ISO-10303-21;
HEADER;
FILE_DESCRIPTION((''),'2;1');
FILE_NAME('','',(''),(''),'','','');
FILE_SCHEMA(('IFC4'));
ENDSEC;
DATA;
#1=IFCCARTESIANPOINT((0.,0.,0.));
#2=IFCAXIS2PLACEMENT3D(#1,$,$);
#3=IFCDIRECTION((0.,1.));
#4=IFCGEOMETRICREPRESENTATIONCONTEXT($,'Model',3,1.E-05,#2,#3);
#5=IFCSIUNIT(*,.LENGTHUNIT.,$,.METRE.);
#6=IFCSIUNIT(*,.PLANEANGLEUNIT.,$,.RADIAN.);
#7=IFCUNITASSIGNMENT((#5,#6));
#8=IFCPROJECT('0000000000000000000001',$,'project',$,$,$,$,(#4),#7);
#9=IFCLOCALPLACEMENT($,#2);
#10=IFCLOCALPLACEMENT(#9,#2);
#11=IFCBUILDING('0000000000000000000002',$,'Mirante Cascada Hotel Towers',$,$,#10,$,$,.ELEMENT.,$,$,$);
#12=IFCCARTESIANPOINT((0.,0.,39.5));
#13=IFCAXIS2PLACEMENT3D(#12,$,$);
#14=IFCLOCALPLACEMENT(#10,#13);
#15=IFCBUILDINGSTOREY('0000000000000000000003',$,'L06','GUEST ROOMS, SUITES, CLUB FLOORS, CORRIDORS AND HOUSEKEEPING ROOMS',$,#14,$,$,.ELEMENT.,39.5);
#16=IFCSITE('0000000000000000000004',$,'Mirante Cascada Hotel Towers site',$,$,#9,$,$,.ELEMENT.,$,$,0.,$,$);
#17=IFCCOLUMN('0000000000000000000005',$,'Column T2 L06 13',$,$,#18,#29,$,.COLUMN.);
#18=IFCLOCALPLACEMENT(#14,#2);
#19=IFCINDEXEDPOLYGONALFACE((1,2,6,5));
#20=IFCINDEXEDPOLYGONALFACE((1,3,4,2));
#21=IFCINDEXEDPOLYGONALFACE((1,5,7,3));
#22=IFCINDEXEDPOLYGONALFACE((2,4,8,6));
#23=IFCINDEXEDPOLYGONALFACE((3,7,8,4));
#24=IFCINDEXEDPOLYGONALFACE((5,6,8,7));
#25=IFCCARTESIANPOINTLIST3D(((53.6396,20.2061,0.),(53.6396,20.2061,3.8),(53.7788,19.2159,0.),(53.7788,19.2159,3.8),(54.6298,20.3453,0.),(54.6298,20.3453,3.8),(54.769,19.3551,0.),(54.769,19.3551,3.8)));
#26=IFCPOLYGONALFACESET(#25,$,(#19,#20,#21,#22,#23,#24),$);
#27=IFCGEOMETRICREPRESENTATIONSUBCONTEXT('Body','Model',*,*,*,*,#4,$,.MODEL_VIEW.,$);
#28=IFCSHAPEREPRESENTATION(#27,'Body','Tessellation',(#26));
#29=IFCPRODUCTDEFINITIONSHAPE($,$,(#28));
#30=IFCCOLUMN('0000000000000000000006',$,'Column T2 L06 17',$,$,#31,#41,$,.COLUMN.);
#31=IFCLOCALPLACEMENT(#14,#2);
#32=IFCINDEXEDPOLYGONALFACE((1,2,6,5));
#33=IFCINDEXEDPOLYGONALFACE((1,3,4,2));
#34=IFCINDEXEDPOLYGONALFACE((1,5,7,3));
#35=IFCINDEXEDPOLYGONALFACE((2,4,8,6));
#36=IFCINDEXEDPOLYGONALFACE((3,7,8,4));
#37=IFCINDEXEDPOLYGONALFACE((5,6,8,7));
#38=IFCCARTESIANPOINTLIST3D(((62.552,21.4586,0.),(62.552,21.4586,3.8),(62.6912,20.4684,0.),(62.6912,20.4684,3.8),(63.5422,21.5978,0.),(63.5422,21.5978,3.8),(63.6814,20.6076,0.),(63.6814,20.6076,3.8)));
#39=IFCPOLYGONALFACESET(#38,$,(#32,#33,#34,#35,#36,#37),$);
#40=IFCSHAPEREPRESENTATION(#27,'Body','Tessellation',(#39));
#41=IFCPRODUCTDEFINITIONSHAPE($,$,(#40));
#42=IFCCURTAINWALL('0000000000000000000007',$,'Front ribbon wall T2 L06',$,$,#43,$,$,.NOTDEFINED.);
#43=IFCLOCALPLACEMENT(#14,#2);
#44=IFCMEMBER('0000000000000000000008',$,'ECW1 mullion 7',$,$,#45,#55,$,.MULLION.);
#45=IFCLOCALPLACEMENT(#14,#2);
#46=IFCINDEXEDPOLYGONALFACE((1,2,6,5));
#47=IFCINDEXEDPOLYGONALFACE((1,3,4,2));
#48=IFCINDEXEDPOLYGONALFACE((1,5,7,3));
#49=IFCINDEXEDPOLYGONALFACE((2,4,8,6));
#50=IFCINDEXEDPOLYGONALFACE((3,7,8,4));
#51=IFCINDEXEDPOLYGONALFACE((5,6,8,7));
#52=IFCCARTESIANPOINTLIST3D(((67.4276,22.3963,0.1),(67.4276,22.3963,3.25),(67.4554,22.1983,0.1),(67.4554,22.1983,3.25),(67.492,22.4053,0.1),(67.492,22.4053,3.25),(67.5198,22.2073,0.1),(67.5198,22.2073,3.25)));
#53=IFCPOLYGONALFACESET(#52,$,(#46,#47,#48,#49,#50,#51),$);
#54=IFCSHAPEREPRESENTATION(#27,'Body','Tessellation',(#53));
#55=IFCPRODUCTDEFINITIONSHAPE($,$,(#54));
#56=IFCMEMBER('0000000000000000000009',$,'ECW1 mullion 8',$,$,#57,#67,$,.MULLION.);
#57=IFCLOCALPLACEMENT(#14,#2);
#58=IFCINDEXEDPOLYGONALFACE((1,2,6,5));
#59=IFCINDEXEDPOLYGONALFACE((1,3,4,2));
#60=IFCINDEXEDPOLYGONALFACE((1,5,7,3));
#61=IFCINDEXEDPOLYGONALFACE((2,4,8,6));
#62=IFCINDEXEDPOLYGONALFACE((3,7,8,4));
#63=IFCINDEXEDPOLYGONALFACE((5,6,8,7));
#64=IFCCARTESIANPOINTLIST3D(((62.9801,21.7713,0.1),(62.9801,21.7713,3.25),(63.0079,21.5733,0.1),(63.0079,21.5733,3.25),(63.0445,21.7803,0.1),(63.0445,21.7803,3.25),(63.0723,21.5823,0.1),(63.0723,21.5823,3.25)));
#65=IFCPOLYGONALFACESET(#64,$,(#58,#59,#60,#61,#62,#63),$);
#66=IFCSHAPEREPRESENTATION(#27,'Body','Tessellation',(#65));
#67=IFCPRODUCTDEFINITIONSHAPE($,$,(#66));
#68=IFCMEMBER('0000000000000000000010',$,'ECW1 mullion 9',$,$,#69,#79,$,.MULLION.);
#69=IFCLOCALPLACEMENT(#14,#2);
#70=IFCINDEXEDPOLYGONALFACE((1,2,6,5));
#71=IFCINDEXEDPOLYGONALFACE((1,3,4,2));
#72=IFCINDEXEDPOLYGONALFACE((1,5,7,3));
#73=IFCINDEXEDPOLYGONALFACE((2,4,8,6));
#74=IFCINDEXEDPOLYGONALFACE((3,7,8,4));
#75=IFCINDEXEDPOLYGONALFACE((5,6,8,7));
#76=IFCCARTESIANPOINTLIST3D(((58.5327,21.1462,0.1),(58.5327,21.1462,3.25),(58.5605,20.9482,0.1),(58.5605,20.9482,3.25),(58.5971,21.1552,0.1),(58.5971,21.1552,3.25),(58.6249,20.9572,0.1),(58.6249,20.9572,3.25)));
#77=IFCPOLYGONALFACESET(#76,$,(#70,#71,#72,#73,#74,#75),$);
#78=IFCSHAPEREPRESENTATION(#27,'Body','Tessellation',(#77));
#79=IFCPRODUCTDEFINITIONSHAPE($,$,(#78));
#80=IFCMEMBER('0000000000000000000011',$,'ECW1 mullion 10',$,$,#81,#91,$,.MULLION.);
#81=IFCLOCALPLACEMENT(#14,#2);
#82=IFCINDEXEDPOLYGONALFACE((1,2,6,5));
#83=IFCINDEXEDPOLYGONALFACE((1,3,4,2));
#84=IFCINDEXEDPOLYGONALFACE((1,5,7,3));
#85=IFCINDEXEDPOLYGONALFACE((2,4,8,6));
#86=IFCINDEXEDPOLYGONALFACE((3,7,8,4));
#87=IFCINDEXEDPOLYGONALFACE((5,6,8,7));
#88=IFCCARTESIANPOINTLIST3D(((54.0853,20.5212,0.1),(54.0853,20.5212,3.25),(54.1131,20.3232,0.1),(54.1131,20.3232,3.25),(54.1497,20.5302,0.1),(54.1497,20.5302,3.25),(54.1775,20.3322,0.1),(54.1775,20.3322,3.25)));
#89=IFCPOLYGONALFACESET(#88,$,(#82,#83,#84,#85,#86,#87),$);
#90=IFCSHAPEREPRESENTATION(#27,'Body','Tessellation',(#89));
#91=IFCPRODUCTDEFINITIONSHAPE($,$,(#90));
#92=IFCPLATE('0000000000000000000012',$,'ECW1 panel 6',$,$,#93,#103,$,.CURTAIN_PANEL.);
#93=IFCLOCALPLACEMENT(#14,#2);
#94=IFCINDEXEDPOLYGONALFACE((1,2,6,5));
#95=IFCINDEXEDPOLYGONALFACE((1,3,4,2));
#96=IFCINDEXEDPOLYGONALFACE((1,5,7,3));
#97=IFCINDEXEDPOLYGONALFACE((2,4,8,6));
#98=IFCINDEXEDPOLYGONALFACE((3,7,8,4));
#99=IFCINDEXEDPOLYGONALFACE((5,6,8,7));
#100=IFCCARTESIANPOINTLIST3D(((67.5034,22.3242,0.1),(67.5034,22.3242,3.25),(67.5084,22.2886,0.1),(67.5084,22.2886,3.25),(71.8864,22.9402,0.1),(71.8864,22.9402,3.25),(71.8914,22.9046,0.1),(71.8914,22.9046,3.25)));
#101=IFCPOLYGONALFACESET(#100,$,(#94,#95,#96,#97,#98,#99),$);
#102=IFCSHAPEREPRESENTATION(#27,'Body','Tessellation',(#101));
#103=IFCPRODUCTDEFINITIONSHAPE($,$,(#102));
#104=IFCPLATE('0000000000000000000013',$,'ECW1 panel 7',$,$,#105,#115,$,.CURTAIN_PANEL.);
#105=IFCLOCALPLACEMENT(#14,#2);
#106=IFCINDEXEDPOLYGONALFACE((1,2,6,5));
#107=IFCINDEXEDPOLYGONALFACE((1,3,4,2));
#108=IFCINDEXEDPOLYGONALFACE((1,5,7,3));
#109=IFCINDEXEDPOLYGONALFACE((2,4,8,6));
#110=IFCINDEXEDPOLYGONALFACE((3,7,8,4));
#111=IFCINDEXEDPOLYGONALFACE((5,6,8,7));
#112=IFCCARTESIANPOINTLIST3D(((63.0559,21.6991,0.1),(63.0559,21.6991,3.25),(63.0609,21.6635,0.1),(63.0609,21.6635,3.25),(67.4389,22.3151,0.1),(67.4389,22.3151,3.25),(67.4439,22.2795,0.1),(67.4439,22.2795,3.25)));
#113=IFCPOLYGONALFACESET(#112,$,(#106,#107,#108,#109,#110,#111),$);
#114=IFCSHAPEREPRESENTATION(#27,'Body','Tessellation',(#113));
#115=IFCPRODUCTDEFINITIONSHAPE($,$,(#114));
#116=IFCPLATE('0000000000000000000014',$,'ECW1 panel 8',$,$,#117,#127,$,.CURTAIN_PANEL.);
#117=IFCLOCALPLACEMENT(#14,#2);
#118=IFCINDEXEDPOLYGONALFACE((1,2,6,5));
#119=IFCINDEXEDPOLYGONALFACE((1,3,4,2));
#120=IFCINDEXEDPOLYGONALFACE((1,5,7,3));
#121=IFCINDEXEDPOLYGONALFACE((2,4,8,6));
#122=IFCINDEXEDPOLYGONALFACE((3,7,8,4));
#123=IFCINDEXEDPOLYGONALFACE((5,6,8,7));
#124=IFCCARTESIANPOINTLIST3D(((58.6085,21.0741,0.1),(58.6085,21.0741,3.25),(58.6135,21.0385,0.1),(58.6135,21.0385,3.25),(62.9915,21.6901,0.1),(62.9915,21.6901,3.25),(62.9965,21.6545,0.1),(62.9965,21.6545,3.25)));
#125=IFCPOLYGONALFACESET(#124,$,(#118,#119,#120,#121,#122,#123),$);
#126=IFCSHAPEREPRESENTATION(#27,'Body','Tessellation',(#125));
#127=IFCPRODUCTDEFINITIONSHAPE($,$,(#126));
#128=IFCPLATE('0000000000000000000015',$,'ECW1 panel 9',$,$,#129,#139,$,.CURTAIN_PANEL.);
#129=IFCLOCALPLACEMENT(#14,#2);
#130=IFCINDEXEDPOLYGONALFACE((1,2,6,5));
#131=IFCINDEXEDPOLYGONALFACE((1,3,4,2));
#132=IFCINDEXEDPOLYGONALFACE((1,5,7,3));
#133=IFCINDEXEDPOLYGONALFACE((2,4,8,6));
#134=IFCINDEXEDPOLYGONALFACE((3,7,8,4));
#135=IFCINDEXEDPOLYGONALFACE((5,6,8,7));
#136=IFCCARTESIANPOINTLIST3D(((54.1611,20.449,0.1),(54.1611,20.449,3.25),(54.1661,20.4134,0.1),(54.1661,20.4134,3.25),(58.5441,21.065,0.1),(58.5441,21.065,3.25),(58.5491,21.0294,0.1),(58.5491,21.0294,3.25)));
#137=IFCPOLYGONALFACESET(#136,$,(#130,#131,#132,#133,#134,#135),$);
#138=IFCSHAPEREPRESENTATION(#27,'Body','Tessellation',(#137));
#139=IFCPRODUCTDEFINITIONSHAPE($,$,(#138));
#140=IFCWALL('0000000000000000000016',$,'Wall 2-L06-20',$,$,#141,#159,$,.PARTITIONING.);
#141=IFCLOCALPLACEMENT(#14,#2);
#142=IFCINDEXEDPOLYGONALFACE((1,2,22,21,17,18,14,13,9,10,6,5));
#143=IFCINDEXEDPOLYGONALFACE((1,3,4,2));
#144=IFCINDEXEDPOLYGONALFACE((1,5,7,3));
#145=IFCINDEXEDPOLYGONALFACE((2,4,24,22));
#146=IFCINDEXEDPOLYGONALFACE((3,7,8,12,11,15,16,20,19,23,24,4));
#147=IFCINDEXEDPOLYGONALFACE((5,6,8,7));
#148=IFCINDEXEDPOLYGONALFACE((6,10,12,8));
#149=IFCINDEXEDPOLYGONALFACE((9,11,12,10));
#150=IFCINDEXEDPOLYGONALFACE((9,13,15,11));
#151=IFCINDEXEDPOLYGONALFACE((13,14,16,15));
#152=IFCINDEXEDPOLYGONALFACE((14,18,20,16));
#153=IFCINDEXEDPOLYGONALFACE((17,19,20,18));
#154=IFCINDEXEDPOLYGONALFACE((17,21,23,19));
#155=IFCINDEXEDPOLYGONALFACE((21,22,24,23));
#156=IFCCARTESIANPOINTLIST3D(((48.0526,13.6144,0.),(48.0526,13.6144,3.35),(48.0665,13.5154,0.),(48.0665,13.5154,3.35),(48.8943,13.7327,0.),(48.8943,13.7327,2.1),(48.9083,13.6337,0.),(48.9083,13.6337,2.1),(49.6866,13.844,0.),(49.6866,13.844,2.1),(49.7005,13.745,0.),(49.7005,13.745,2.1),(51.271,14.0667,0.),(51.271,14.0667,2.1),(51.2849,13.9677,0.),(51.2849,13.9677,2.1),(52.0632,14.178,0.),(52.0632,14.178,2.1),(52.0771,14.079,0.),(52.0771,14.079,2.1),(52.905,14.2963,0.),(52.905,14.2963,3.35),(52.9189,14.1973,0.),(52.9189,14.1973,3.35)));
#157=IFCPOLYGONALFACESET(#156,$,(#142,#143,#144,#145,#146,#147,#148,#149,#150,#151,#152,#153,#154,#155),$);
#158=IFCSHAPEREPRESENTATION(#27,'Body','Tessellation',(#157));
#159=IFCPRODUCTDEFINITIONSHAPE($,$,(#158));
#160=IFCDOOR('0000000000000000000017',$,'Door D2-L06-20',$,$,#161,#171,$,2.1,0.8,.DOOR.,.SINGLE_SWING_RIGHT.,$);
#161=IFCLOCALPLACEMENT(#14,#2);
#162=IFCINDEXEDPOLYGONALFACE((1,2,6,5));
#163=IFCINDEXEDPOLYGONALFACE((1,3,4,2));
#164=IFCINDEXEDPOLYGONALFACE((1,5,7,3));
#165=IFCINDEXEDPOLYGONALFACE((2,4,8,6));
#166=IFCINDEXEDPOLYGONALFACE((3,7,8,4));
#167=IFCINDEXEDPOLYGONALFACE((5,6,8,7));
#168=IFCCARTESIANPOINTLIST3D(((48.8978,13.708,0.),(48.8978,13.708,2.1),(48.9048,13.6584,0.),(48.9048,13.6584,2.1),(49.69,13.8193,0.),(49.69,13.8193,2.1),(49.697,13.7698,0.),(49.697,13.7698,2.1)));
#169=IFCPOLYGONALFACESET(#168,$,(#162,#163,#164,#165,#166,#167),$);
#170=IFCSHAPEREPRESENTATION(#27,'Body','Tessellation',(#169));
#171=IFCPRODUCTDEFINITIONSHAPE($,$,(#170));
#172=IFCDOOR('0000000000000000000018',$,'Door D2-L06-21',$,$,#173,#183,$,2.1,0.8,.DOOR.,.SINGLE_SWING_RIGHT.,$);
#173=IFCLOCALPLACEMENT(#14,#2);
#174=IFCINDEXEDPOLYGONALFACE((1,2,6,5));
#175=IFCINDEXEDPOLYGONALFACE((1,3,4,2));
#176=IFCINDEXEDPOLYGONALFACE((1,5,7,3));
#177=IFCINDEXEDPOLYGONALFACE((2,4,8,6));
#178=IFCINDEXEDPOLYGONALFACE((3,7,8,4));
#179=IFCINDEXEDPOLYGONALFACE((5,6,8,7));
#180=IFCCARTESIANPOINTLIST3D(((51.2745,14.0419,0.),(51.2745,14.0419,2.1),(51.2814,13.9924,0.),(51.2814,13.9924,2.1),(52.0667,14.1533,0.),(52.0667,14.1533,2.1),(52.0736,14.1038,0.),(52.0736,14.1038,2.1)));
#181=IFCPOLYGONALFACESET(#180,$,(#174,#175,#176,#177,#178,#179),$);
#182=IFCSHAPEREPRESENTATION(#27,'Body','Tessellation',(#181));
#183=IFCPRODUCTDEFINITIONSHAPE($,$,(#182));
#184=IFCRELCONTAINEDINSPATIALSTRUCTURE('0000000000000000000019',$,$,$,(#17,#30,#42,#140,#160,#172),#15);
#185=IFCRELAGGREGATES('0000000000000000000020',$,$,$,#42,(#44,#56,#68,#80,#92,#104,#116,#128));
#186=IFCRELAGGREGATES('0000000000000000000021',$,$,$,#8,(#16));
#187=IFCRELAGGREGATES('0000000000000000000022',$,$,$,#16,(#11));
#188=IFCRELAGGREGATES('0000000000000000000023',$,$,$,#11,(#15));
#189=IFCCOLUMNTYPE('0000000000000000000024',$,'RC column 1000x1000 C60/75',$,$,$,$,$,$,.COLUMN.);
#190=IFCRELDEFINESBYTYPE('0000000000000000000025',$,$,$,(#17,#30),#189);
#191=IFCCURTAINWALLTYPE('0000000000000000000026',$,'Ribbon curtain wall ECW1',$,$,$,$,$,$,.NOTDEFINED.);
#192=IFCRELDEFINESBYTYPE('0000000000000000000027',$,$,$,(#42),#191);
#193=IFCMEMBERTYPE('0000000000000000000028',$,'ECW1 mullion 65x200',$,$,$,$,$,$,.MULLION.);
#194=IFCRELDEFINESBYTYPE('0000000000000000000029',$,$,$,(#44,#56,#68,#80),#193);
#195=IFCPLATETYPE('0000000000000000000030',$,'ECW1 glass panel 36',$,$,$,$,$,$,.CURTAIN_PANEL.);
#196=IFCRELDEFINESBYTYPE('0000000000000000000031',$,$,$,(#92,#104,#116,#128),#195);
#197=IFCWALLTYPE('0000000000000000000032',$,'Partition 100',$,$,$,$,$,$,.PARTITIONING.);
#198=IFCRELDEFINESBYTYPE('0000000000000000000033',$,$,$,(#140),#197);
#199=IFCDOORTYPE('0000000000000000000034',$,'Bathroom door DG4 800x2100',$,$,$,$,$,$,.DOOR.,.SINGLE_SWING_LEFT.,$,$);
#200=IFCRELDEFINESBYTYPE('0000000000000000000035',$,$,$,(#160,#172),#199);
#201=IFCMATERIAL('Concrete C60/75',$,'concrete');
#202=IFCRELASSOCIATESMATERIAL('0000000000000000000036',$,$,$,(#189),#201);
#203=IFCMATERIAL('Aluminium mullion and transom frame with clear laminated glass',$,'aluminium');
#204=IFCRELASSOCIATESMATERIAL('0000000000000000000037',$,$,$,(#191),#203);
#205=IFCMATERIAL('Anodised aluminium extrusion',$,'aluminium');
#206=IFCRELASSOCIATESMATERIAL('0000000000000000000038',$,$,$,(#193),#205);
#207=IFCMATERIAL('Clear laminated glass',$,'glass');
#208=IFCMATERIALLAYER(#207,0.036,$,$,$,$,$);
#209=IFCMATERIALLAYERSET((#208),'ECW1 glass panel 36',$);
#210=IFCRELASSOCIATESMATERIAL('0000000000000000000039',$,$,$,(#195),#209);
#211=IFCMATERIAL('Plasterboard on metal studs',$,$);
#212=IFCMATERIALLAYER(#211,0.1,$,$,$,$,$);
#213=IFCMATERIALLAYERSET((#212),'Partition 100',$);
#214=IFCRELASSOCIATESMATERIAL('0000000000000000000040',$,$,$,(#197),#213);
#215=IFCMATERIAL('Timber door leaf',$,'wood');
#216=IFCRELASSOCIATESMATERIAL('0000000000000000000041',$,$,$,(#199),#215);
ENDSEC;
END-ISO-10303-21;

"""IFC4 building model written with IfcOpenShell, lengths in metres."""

from ifc_helpers import new_model, si_unit, direction, frame, frame_2d, origin, origin_2d, place, context, subcontext, project, spatial, rectangle, extrude, material, layer, layer_set, material_profile, profile_set, type_object, element, fill, aggregate, save


model = new_model("IFC4")

# Units and contexts
model_context = context("Model", 3, precision=1e-05, world=origin(), true_north=direction((0.0, 1.0)))
body_context = subcontext(model_context, "Body", "Model", "MODEL_VIEW")
ifc_project = project(units=[si_unit("LENGTHUNIT", "METRE"), si_unit("PLANEANGLEUNIT", "RADIAN")], contexts=[model_context])

# Site, building, storey
site_placement = place(None, origin())
site = spatial("IfcSite", under=ifc_project, at=site_placement, Name="Mirante Cascada Hotel Towers site", CompositionType="ELEMENT", RefElevation=0.0)
building_placement = place(site_placement, origin())
building = spatial("IfcBuilding", under=site, at=building_placement, Name="Mirante Cascada Hotel Towers", CompositionType="ELEMENT")
storey_placement = place(building_placement, frame((0.0, 0.0, 39.5)))
storey = spatial("IfcBuildingStorey", under=building, at=storey_placement, Name="L06", Description="GUEST ROOMS, SUITES, CLUB FLOORS, CORRIDORS AND HOUSEKEEPING ROOMS", CompositionType="ELEMENT", Elevation=39.5)

# Columns
ifc_material_1 = material(Name="Concrete C60/75", Category="concrete")
ifc_material_profile_1 = material_profile(ifc_material_1, rectangle(XDim=1.0, YDim=1.0, at=origin_2d()), Name="RC column 1000x1000 C60/75")
ifc_profile_set_1 = profile_set([ifc_material_profile_1], Name="Concrete C60/75")
column_type = type_object("IfcColumnType", Name="RC column 1000x1000 C60/75", PredefinedType="COLUMN", material=ifc_profile_set_1)
for number, where, z_axis, x_axis, name in (
    (1, (54.2043, 19.7806, 0.0), (0.0, 0.0, 1.0), (0.990268, 0.139173, 0.0), "Column T2 L06 13"),
    (2, (63.1167, 21.0331, 0.0), (0.0, 0.0, 1.0), (0.990268, 0.139173, 0.0), "Column T2 L06 17"),
):
    element("IfcColumn", number, at=place(storey_placement, frame(where, z_axis=z_axis, x_axis=x_axis)), inside=storey, type_object=column_type, Name=name, PredefinedType="COLUMN", context=body_context, shape_type="SweptSolid", body=[
        extrude(rectangle(XDim=1.0, YDim=1.0, at=origin_2d()), origin(), (0.0, 0.0, 1.0), 3.8),
    ])

# Curtain wall, members, plates
ifc_material_2 = material(Name="Aluminium mullion and transom frame with clear laminated glass", Category="aluminium")
curtain_wall_type = type_object("IfcCurtainWallType", Name="Ribbon curtain wall ECW1", PredefinedType="NOTDEFINED", material=ifc_material_2)
curtain_wall_placement = place(storey_placement, origin())
curtain_wall = element("IfcCurtainWall", 3, at=curtain_wall_placement, inside=storey, type_object=curtain_wall_type, Name="Front ribbon wall T2 L06", PredefinedType="NOTDEFINED")
ifc_material_3 = material(Name="Anodised aluminium extrusion", Category="aluminium")
ifc_material_profile_2 = material_profile(ifc_material_3, rectangle(XDim=0.2, YDim=0.065, at=origin_2d()), Name="ECW1 MULLION 65x200")
ifc_profile_set_2 = profile_set([ifc_material_profile_2], Name="Anodised aluminium extrusion")
member_type = type_object("IfcMemberType", Name="ECW1 mullion 65x200", PredefinedType="MULLION", material=ifc_profile_set_2)
member_1_placement = place(storey_placement, frame((67.4737, 22.3018, 0.1), z_axis=(0.0, 0.0, 1.0), x_axis=(0.139173, -0.990268, 0.0)))
member_1 = element("IfcMember", 4, at=member_1_placement, type_object=member_type, Name="ECW1 mullion 7", PredefinedType="MULLION", context=body_context, shape_type="SweptSolid", body=[
    extrude(rectangle(XDim=0.2, YDim=0.065, at=origin_2d()), origin(), (0.0, 0.0, 1.0), 3.15),
])
member_2_placement = place(storey_placement, frame((63.0262, 21.6768, 0.1), z_axis=(0.0, 0.0, 1.0), x_axis=(0.139173, -0.990268, 0.0)))
member_2 = element("IfcMember", 5, at=member_2_placement, type_object=member_type, Name="ECW1 mullion 8", PredefinedType="MULLION", context=body_context, shape_type="SweptSolid", body=[
    extrude(rectangle(XDim=0.2, YDim=0.065, at=origin_2d()), origin(), (0.0, 0.0, 1.0), 3.15),
])
member_3_placement = place(storey_placement, frame((58.5788, 21.0517, 0.1), z_axis=(0.0, 0.0, 1.0), x_axis=(0.139173, -0.990268, 0.0)))
member_3 = element("IfcMember", 6, at=member_3_placement, type_object=member_type, Name="ECW1 mullion 9", PredefinedType="MULLION", context=body_context, shape_type="SweptSolid", body=[
    extrude(rectangle(XDim=0.2, YDim=0.065, at=origin_2d()), origin(), (0.0, 0.0, 1.0), 3.15),
])
member_4_placement = place(storey_placement, frame((54.1314, 20.4267, 0.1), z_axis=(0.0, 0.0, 1.0), x_axis=(0.139173, -0.990268, 0.0)))
member_4 = element("IfcMember", 7, at=member_4_placement, type_object=member_type, Name="ECW1 mullion 10", PredefinedType="MULLION", context=body_context, shape_type="SweptSolid", body=[
    extrude(rectangle(XDim=0.2, YDim=0.065, at=origin_2d()), origin(), (0.0, 0.0, 1.0), 3.15),
])
ifc_material_4 = material(Name="Clear laminated glass", Category="glass")
ifc_layer_1 = layer(ifc_material_4, 0.036)
ifc_layer_set_1 = layer_set([ifc_layer_1], Name="ECW1 glass panel 36")
plate_type = type_object("IfcPlateType", Name="ECW1 glass panel 36", PredefinedType="CURTAIN_PANEL", material=ifc_layer_set_1)
plate_1_placement = place(storey_placement, frame((69.6974, 22.6144, 0.1), z_axis=(0.0, 0.0, 1.0), x_axis=(-0.990268, -0.139173, 0.0)))
plate_1 = element("IfcPlate", 8, at=plate_1_placement, type_object=plate_type, Name="ECW1 panel 6", PredefinedType="CURTAIN_PANEL", context=body_context, shape_type="SweptSolid", body=[
    extrude(rectangle(XDim=4.4261, YDim=0.036, at=origin_2d()), origin(), (0.0, 0.0, 1.0), 3.15),
])
plate_2_placement = place(storey_placement, frame((65.2499, 21.9893, 0.1), z_axis=(0.0, 0.0, 1.0), x_axis=(-0.990268, -0.139173, 0.0)))
plate_2 = element("IfcPlate", 9, at=plate_2_placement, type_object=plate_type, Name="ECW1 panel 7", PredefinedType="CURTAIN_PANEL", context=body_context, shape_type="SweptSolid", body=[
    extrude(rectangle(XDim=4.4261, YDim=0.036, at=origin_2d()), origin(), (0.0, 0.0, 1.0), 3.15),
])
plate_3_placement = place(storey_placement, frame((60.8025, 21.3643, 0.1), z_axis=(0.0, 0.0, 1.0), x_axis=(-0.990268, -0.139173, 0.0)))
plate_3 = element("IfcPlate", 10, at=plate_3_placement, type_object=plate_type, Name="ECW1 panel 8", PredefinedType="CURTAIN_PANEL", context=body_context, shape_type="SweptSolid", body=[
    extrude(rectangle(XDim=4.4261, YDim=0.036, at=origin_2d()), origin(), (0.0, 0.0, 1.0), 3.15),
])
plate_4_placement = place(storey_placement, frame((56.3551, 20.7392, 0.1), z_axis=(0.0, 0.0, 1.0), x_axis=(-0.990268, -0.139173, 0.0)))
plate_4 = element("IfcPlate", 11, at=plate_4_placement, type_object=plate_type, Name="ECW1 panel 9", PredefinedType="CURTAIN_PANEL", context=body_context, shape_type="SweptSolid", body=[
    extrude(rectangle(XDim=4.4261, YDim=0.036, at=origin_2d()), origin(), (0.0, 0.0, 1.0), 3.15),
])
aggregate(curtain_wall, [member_1, member_2, member_3, member_4, plate_1, plate_2, plate_3, plate_4])

# Wall, openings, doors
ifc_material_5 = material(Name="Plasterboard on metal studs")
ifc_layer_2 = layer(ifc_material_5, 0.1)
ifc_layer_set_2 = layer_set([ifc_layer_2], Name="Partition 100")
wall_type = type_object("IfcWallType", Name="Partition 100", PredefinedType="PARTITIONING", material=ifc_layer_set_2)
wall_1_placement = place(storey_placement, frame((52.9119, 14.2468, 0.0), z_axis=(0.0, 0.0, 1.0), x_axis=(-0.99027, -0.139161, 0.0)))
wall_1 = element("IfcWall", 12, at=wall_1_placement, inside=storey, type_object=wall_type, Name="Wall 2-L06-20", PredefinedType="PARTITIONING", context=body_context, shape_type="SweptSolid", body=[
    extrude(rectangle(XDim=4.9001, YDim=0.1, at=frame_2d((2.45, 0.0))), origin(), (0.0, 0.0, 1.0), 3.35),
])
opening_1_placement = place(wall_1_placement, frame((3.25, 0.0, 0.0)))
opening_1 = element("IfcOpeningElement", 13, at=opening_1_placement, cuts=wall_1, PredefinedType="OPENING", context=body_context, shape_type="SweptSolid", body=[
    extrude(rectangle(XDim=0.8, YDim=2.1, at=frame_2d((0.4, 1.05))), frame((0.0, 0.05, 0.0), z_axis=(0.0, -1.0, 0.0), x_axis=(1.0, 0.0, 0.0)), (0.0, 0.0, 1.0), 0.1),
])
opening_2_placement = place(wall_1_placement, frame((0.85, 0.0, 0.0)))
opening_2 = element("IfcOpeningElement", 14, at=opening_2_placement, cuts=wall_1, PredefinedType="OPENING", context=body_context, shape_type="SweptSolid", body=[
    extrude(rectangle(XDim=0.8, YDim=2.1, at=frame_2d((0.4, 1.05))), frame((0.0, 0.05, 0.0), z_axis=(0.0, -1.0, 0.0), x_axis=(1.0, 0.0, 0.0)), (0.0, 0.0, 1.0), 0.1),
])
ifc_material_6 = material(Name="Timber door leaf", Category="wood")
door_type_1 = type_object("IfcDoorType", Name="Bathroom door DG4 800x2100", OperationType="SINGLE_SWING_LEFT", PredefinedType="DOOR", material=ifc_material_6)
door_1_placement = place(opening_1_placement, frame((0.8, 0.0, 0.0), z_axis=(0.0, 0.0, 1.0), x_axis=(-1.0, 0.0, 0.0)))
door_1 = element("IfcDoor", 15, at=door_1_placement, inside=storey, type_object=door_type_1, Name="Door D2-L06-20", OperationType="SINGLE_SWING_RIGHT", OverallHeight=2.1, OverallWidth=0.8, PredefinedType="DOOR", context=body_context, shape_type="SweptSolid", body=[
    extrude(rectangle(XDim=0.8, YDim=2.1, at=frame_2d((0.4, 1.05))), frame((0.0, 0.025, 0.0), z_axis=(0.0, -1.0, 0.0), x_axis=(1.0, 0.0, 0.0)), (0.0, 0.0, 1.0), 0.05),
])
fill(opening_1, door_1)
door_2_placement = place(opening_2_placement, frame((0.8, 0.0, 0.0), z_axis=(0.0, 0.0, 1.0), x_axis=(-1.0, 0.0, 0.0)))
door_2 = element("IfcDoor", 16, at=door_2_placement, inside=storey, type_object=door_type_1, Name="Door D2-L06-21", OperationType="SINGLE_SWING_RIGHT", OverallHeight=2.1, OverallWidth=0.8, PredefinedType="DOOR", context=body_context, shape_type="SweptSolid", body=[
    extrude(rectangle(XDim=0.8, YDim=2.1, at=frame_2d((0.4, 1.05))), frame((0.0, 0.025, 0.0), z_axis=(0.0, -1.0, 0.0), x_axis=(1.0, 0.0, 0.0)), (0.0, 0.0, 1.0), 0.05),
])
fill(opening_2, door_2)

save(model, "model.ifc")
